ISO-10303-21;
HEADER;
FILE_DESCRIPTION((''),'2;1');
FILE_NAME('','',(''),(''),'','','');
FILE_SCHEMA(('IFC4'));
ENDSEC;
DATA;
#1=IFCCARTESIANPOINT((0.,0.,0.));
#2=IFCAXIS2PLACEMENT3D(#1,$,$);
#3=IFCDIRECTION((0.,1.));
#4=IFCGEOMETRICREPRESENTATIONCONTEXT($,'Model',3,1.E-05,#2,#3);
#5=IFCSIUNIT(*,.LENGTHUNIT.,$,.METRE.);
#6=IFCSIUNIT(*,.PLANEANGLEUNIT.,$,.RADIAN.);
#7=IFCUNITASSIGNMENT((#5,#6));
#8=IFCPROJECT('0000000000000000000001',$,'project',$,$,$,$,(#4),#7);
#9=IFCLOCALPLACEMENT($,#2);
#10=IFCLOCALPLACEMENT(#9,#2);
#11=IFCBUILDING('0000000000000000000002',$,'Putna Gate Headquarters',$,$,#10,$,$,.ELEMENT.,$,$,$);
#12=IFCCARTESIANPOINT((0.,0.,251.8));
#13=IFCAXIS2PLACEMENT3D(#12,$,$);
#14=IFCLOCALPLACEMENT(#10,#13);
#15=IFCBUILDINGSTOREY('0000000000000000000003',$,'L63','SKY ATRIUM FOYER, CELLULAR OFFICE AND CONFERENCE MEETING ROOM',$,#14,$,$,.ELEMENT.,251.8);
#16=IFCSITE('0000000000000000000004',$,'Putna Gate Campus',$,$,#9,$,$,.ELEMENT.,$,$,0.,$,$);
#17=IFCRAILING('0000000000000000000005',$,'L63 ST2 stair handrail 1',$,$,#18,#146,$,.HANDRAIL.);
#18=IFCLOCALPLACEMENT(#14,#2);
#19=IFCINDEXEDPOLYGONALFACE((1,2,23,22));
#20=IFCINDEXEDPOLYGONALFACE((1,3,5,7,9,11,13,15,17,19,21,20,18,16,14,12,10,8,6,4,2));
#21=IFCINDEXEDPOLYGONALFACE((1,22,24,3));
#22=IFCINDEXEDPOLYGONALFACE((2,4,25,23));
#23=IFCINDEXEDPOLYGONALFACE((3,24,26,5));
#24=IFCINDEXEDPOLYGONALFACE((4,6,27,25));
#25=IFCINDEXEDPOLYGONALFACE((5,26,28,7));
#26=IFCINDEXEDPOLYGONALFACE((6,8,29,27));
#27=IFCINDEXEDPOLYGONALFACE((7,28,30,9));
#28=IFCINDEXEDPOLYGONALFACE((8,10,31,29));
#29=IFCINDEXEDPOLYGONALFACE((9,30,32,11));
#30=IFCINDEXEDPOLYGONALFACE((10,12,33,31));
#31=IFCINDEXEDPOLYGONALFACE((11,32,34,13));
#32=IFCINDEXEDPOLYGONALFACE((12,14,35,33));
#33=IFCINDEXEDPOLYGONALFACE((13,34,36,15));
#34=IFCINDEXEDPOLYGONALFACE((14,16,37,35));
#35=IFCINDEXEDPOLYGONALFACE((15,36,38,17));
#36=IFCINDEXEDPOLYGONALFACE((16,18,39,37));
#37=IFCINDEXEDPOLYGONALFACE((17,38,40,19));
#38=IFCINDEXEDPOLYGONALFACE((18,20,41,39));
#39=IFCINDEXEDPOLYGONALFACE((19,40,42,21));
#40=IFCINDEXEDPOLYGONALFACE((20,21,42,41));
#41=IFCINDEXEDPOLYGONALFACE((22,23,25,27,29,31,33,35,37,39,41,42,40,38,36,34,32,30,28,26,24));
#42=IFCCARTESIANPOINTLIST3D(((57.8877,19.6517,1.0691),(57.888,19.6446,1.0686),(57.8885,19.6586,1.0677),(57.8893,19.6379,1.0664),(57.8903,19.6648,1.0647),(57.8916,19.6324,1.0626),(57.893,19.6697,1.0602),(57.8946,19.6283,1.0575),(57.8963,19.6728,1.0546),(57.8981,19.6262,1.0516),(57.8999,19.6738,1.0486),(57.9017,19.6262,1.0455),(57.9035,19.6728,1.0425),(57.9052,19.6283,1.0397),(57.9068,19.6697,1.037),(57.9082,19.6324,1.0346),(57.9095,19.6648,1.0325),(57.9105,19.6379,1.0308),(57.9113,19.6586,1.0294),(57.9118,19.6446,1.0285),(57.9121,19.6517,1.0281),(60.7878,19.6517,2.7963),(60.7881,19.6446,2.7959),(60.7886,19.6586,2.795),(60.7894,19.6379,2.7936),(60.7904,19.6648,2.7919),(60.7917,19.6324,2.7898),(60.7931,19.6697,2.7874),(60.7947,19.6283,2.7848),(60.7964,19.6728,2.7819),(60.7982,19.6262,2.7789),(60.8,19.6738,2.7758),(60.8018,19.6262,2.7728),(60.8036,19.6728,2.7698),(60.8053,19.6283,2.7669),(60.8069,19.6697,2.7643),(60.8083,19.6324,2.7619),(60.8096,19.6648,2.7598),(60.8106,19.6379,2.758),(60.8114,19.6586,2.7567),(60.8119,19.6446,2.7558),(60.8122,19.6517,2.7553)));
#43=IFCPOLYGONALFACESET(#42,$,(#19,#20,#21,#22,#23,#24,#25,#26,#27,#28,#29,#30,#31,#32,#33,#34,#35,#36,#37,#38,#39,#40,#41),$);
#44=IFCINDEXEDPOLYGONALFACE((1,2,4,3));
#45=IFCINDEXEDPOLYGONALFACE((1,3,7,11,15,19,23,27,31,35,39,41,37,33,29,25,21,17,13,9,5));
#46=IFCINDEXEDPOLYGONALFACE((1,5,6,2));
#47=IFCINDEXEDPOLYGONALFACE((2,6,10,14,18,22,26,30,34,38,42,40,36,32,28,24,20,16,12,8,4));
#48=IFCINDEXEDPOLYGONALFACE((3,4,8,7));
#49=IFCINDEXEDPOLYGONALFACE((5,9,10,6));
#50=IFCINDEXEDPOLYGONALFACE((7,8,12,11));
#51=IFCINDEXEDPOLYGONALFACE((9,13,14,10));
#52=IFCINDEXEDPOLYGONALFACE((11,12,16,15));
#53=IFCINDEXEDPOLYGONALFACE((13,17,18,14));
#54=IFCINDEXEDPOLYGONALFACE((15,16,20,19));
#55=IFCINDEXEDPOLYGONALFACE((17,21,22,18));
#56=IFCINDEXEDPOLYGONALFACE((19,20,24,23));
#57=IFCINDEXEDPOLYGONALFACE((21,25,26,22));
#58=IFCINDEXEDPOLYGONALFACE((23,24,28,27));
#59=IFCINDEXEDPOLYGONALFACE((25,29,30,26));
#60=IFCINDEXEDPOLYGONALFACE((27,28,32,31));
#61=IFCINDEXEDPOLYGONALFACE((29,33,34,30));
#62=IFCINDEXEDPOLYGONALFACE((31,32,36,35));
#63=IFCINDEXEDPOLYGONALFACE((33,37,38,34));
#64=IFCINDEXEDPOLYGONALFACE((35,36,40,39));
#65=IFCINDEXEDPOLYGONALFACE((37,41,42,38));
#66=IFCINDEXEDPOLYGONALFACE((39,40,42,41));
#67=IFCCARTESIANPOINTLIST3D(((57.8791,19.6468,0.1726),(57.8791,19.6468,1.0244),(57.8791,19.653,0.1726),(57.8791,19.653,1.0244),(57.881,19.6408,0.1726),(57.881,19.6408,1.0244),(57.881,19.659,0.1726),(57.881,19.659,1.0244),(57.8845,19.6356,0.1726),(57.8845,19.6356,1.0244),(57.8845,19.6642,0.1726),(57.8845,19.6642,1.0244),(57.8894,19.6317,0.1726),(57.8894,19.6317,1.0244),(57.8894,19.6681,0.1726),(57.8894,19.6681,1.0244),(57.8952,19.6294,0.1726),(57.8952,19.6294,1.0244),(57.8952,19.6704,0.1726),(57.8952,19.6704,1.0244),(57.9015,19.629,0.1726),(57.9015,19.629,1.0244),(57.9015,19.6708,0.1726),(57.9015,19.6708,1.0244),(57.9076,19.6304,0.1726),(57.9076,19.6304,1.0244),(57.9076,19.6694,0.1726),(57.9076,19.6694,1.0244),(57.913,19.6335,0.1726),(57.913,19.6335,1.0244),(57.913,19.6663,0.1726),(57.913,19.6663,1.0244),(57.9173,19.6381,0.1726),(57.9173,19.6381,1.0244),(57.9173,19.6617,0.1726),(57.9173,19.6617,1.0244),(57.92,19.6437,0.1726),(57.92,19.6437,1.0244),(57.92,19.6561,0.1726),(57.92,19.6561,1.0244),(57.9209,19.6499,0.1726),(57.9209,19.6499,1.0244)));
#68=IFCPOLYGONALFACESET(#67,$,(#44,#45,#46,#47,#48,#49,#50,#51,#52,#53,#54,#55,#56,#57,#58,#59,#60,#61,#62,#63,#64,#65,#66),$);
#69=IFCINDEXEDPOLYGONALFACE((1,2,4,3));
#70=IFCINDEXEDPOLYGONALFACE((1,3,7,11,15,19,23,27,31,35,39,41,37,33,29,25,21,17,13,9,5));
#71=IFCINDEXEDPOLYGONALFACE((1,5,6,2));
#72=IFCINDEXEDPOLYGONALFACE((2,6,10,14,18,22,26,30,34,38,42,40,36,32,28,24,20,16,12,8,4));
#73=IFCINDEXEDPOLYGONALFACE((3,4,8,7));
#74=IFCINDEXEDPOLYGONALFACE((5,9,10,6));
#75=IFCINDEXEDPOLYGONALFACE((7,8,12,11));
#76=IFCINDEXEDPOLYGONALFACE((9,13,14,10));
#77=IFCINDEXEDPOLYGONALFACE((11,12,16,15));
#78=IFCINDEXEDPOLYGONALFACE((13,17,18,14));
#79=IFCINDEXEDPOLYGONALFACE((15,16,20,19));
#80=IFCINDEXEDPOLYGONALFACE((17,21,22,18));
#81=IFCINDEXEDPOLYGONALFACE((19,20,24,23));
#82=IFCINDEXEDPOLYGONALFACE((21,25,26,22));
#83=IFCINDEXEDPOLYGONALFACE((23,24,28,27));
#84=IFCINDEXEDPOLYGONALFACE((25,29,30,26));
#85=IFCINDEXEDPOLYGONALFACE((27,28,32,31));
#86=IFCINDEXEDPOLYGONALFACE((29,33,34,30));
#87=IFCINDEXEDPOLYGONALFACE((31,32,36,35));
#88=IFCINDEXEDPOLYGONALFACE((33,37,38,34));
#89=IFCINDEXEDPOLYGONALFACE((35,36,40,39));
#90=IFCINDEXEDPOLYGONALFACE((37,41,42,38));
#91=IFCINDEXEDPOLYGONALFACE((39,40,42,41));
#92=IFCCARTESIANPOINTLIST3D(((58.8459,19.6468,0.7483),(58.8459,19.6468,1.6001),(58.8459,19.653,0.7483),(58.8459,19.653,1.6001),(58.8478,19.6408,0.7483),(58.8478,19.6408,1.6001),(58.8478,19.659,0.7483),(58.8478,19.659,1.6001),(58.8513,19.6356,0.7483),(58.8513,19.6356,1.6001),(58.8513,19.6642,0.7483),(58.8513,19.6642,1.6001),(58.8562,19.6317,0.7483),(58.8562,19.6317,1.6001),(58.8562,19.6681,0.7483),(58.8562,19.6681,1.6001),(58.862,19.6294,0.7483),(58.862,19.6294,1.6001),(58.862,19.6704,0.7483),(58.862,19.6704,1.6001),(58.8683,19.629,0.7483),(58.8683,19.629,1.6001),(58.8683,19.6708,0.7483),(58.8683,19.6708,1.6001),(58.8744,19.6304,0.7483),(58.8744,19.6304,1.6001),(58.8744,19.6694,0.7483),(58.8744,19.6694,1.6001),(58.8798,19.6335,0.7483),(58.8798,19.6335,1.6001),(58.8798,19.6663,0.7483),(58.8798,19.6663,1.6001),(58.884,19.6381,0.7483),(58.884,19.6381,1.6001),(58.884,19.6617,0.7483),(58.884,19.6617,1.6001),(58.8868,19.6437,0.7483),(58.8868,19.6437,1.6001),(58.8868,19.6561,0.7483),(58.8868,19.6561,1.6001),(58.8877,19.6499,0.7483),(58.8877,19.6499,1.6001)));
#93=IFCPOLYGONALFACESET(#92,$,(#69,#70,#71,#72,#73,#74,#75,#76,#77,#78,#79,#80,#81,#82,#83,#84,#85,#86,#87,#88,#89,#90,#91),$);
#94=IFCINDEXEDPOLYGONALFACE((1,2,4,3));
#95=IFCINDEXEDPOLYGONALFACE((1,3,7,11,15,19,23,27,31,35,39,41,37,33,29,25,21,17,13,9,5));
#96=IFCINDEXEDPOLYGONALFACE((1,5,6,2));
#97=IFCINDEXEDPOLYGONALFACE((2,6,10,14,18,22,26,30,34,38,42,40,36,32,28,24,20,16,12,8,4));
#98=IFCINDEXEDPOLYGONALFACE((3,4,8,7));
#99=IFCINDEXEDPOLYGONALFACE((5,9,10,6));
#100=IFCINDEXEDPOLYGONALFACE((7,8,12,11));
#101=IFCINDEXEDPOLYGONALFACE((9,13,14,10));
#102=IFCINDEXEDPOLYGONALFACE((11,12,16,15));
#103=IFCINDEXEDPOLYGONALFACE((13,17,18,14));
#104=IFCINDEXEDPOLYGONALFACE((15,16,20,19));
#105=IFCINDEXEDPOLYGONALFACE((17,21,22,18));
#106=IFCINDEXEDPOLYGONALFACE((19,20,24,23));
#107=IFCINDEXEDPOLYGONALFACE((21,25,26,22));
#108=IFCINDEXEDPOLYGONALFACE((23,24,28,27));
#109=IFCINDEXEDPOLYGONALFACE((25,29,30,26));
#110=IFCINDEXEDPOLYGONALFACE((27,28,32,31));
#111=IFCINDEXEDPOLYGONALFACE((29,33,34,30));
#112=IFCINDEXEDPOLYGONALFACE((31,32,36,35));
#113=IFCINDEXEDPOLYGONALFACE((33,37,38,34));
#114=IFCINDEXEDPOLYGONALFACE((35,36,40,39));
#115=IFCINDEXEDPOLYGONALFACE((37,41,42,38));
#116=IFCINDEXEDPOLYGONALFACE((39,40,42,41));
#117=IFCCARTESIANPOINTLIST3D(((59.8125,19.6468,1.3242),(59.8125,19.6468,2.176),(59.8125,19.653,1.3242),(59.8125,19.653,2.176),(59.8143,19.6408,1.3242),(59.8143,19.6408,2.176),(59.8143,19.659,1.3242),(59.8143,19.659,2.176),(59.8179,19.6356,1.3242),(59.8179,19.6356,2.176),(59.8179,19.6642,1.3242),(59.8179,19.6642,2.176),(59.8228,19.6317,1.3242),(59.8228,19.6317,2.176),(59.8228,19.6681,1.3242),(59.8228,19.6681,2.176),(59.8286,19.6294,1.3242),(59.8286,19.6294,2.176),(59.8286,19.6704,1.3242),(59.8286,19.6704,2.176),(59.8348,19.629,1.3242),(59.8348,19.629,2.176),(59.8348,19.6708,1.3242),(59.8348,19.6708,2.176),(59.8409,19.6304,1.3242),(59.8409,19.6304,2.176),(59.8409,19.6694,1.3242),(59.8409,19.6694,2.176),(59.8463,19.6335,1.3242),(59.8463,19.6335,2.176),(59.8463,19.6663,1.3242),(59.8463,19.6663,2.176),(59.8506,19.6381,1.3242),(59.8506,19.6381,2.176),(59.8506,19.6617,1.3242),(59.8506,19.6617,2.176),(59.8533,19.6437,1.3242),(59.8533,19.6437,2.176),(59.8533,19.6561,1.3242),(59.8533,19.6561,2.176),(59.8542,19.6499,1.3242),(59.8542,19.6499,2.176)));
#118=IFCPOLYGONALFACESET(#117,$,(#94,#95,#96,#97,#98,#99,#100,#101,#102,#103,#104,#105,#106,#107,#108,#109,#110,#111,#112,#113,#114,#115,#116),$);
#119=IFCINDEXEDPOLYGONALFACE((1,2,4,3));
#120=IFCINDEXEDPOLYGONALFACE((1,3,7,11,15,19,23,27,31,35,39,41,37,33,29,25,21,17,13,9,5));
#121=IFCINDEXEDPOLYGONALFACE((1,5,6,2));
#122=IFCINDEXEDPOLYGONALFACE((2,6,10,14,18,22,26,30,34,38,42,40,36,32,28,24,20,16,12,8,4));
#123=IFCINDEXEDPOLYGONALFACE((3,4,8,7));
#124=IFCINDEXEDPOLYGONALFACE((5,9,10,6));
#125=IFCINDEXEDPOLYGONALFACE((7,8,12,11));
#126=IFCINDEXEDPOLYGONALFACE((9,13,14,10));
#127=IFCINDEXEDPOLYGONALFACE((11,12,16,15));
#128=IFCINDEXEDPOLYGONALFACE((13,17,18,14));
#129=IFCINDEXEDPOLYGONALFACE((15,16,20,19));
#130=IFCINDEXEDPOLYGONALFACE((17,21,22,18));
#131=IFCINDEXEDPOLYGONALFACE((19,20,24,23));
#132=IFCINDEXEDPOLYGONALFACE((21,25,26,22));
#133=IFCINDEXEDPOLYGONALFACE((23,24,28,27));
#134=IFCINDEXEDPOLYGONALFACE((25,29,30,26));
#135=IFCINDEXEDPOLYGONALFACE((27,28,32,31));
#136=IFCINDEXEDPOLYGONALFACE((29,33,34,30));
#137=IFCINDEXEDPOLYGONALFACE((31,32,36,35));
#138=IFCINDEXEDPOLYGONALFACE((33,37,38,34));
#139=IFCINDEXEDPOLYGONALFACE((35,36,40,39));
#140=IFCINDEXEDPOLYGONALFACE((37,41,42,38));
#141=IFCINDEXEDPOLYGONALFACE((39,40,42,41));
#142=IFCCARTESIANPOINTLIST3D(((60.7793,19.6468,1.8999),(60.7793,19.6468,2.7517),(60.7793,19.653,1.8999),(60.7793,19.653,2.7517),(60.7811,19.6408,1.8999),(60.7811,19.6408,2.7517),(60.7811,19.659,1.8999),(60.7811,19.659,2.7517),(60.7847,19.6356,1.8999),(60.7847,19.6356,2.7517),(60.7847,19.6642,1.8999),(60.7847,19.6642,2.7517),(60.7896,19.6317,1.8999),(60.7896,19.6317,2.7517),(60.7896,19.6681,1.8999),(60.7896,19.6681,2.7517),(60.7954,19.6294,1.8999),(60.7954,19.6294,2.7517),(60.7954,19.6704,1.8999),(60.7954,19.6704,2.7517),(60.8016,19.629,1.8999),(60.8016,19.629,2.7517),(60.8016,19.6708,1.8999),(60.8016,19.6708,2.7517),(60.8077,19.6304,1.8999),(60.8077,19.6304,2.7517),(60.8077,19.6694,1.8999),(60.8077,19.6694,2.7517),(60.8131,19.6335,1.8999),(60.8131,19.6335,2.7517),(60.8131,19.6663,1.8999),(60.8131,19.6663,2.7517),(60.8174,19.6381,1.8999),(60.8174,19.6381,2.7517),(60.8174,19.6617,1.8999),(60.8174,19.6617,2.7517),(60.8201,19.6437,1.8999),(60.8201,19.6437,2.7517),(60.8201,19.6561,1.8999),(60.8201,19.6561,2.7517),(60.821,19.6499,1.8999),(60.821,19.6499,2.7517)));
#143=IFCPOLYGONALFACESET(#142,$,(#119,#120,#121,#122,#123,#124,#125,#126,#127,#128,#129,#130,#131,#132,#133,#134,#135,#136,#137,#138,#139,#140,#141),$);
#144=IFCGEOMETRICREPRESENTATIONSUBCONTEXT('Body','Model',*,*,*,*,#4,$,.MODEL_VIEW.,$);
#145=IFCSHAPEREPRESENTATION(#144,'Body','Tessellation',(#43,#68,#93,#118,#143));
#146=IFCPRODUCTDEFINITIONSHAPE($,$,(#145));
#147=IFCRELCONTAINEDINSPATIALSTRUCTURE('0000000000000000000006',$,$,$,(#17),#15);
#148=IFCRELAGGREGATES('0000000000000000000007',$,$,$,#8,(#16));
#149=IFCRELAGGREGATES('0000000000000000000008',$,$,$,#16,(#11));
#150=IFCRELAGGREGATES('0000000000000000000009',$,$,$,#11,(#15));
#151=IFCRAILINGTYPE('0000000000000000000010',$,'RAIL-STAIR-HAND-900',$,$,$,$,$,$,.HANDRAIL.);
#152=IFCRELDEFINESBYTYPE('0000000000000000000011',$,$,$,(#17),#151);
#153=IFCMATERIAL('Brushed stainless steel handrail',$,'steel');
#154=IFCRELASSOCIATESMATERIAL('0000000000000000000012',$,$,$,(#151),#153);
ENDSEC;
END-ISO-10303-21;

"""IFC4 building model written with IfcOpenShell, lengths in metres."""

from ifc_helpers import new_model, si_unit, direction, frame, origin, origin_2d, place, context, subcontext, project, spatial, circle, extrude, material, type_object, element, save


model = new_model("IFC4")

# Units and contexts
model_context = context("Model", 3, precision=1e-05, world=origin(), true_north=direction((0.0, 1.0)))
body_context = subcontext(model_context, "Body", "Model", "MODEL_VIEW")
ifc_project = project(units=[si_unit("LENGTHUNIT", "METRE"), si_unit("PLANEANGLEUNIT", "RADIAN")], contexts=[model_context])

# Site, building, storey
site_placement = place(None, origin())
site = spatial("IfcSite", under=ifc_project, at=site_placement, Name="Putna Gate Campus", CompositionType="ELEMENT", RefElevation=0.0)
building_placement = place(site_placement, origin())
building = spatial("IfcBuilding", under=site, at=building_placement, Name="Putna Gate Headquarters", CompositionType="ELEMENT")
storey_placement = place(building_placement, frame((0.0, 0.0, 251.8)))
storey = spatial("IfcBuildingStorey", under=building, at=storey_placement, Name="L63", Description="SKY ATRIUM FOYER, CELLULAR OFFICE AND CONFERENCE MEETING ROOM", CompositionType="ELEMENT", Elevation=251.8)

# Railing
ifc_material_1 = material(Name="Brushed stainless steel handrail", Category="steel")
railing_type_1 = type_object("IfcRailingType", Name="RAIL-STAIR-HAND-900", PredefinedType="HANDRAIL", material=ifc_material_1)
railing_1_placement = place(storey_placement, frame((57.8999, 19.6499, 0.1726)))
element("IfcRailing", 1, at=railing_1_placement, inside=storey, type_object=railing_type_1, Name="L63 ST2 stair handrail 1", PredefinedType="HANDRAIL", context=body_context, shape_type="SweptSolid", body=[
    extrude(circle(Radius=0.0239, at=origin_2d()), frame((0.0, 0.0, 0.876), z_axis=(0.85916, 0.0, 0.511706), x_axis=(0.0, 1.0, 0.0)), (0.0, 0.0, 1.0), 3.3755),
    extrude(circle(Radius=0.021, at=origin_2d()), origin(), (0.0, 0.0, 1.0), 0.8518),
    extrude(circle(Radius=0.021, at=origin_2d()), frame((0.9668, 0.0, 0.5757)), (0.0, 0.0, 1.0), 0.8518),
    extrude(circle(Radius=0.021, at=origin_2d()), frame((1.9333, 0.0, 1.1516)), (0.0, 0.0, 1.0), 0.8518),
    extrude(circle(Radius=0.021, at=origin_2d()), frame((2.9001, 0.0, 1.7273)), (0.0, 0.0, 1.0), 0.8518),
])

save(model, "model.ifc")
